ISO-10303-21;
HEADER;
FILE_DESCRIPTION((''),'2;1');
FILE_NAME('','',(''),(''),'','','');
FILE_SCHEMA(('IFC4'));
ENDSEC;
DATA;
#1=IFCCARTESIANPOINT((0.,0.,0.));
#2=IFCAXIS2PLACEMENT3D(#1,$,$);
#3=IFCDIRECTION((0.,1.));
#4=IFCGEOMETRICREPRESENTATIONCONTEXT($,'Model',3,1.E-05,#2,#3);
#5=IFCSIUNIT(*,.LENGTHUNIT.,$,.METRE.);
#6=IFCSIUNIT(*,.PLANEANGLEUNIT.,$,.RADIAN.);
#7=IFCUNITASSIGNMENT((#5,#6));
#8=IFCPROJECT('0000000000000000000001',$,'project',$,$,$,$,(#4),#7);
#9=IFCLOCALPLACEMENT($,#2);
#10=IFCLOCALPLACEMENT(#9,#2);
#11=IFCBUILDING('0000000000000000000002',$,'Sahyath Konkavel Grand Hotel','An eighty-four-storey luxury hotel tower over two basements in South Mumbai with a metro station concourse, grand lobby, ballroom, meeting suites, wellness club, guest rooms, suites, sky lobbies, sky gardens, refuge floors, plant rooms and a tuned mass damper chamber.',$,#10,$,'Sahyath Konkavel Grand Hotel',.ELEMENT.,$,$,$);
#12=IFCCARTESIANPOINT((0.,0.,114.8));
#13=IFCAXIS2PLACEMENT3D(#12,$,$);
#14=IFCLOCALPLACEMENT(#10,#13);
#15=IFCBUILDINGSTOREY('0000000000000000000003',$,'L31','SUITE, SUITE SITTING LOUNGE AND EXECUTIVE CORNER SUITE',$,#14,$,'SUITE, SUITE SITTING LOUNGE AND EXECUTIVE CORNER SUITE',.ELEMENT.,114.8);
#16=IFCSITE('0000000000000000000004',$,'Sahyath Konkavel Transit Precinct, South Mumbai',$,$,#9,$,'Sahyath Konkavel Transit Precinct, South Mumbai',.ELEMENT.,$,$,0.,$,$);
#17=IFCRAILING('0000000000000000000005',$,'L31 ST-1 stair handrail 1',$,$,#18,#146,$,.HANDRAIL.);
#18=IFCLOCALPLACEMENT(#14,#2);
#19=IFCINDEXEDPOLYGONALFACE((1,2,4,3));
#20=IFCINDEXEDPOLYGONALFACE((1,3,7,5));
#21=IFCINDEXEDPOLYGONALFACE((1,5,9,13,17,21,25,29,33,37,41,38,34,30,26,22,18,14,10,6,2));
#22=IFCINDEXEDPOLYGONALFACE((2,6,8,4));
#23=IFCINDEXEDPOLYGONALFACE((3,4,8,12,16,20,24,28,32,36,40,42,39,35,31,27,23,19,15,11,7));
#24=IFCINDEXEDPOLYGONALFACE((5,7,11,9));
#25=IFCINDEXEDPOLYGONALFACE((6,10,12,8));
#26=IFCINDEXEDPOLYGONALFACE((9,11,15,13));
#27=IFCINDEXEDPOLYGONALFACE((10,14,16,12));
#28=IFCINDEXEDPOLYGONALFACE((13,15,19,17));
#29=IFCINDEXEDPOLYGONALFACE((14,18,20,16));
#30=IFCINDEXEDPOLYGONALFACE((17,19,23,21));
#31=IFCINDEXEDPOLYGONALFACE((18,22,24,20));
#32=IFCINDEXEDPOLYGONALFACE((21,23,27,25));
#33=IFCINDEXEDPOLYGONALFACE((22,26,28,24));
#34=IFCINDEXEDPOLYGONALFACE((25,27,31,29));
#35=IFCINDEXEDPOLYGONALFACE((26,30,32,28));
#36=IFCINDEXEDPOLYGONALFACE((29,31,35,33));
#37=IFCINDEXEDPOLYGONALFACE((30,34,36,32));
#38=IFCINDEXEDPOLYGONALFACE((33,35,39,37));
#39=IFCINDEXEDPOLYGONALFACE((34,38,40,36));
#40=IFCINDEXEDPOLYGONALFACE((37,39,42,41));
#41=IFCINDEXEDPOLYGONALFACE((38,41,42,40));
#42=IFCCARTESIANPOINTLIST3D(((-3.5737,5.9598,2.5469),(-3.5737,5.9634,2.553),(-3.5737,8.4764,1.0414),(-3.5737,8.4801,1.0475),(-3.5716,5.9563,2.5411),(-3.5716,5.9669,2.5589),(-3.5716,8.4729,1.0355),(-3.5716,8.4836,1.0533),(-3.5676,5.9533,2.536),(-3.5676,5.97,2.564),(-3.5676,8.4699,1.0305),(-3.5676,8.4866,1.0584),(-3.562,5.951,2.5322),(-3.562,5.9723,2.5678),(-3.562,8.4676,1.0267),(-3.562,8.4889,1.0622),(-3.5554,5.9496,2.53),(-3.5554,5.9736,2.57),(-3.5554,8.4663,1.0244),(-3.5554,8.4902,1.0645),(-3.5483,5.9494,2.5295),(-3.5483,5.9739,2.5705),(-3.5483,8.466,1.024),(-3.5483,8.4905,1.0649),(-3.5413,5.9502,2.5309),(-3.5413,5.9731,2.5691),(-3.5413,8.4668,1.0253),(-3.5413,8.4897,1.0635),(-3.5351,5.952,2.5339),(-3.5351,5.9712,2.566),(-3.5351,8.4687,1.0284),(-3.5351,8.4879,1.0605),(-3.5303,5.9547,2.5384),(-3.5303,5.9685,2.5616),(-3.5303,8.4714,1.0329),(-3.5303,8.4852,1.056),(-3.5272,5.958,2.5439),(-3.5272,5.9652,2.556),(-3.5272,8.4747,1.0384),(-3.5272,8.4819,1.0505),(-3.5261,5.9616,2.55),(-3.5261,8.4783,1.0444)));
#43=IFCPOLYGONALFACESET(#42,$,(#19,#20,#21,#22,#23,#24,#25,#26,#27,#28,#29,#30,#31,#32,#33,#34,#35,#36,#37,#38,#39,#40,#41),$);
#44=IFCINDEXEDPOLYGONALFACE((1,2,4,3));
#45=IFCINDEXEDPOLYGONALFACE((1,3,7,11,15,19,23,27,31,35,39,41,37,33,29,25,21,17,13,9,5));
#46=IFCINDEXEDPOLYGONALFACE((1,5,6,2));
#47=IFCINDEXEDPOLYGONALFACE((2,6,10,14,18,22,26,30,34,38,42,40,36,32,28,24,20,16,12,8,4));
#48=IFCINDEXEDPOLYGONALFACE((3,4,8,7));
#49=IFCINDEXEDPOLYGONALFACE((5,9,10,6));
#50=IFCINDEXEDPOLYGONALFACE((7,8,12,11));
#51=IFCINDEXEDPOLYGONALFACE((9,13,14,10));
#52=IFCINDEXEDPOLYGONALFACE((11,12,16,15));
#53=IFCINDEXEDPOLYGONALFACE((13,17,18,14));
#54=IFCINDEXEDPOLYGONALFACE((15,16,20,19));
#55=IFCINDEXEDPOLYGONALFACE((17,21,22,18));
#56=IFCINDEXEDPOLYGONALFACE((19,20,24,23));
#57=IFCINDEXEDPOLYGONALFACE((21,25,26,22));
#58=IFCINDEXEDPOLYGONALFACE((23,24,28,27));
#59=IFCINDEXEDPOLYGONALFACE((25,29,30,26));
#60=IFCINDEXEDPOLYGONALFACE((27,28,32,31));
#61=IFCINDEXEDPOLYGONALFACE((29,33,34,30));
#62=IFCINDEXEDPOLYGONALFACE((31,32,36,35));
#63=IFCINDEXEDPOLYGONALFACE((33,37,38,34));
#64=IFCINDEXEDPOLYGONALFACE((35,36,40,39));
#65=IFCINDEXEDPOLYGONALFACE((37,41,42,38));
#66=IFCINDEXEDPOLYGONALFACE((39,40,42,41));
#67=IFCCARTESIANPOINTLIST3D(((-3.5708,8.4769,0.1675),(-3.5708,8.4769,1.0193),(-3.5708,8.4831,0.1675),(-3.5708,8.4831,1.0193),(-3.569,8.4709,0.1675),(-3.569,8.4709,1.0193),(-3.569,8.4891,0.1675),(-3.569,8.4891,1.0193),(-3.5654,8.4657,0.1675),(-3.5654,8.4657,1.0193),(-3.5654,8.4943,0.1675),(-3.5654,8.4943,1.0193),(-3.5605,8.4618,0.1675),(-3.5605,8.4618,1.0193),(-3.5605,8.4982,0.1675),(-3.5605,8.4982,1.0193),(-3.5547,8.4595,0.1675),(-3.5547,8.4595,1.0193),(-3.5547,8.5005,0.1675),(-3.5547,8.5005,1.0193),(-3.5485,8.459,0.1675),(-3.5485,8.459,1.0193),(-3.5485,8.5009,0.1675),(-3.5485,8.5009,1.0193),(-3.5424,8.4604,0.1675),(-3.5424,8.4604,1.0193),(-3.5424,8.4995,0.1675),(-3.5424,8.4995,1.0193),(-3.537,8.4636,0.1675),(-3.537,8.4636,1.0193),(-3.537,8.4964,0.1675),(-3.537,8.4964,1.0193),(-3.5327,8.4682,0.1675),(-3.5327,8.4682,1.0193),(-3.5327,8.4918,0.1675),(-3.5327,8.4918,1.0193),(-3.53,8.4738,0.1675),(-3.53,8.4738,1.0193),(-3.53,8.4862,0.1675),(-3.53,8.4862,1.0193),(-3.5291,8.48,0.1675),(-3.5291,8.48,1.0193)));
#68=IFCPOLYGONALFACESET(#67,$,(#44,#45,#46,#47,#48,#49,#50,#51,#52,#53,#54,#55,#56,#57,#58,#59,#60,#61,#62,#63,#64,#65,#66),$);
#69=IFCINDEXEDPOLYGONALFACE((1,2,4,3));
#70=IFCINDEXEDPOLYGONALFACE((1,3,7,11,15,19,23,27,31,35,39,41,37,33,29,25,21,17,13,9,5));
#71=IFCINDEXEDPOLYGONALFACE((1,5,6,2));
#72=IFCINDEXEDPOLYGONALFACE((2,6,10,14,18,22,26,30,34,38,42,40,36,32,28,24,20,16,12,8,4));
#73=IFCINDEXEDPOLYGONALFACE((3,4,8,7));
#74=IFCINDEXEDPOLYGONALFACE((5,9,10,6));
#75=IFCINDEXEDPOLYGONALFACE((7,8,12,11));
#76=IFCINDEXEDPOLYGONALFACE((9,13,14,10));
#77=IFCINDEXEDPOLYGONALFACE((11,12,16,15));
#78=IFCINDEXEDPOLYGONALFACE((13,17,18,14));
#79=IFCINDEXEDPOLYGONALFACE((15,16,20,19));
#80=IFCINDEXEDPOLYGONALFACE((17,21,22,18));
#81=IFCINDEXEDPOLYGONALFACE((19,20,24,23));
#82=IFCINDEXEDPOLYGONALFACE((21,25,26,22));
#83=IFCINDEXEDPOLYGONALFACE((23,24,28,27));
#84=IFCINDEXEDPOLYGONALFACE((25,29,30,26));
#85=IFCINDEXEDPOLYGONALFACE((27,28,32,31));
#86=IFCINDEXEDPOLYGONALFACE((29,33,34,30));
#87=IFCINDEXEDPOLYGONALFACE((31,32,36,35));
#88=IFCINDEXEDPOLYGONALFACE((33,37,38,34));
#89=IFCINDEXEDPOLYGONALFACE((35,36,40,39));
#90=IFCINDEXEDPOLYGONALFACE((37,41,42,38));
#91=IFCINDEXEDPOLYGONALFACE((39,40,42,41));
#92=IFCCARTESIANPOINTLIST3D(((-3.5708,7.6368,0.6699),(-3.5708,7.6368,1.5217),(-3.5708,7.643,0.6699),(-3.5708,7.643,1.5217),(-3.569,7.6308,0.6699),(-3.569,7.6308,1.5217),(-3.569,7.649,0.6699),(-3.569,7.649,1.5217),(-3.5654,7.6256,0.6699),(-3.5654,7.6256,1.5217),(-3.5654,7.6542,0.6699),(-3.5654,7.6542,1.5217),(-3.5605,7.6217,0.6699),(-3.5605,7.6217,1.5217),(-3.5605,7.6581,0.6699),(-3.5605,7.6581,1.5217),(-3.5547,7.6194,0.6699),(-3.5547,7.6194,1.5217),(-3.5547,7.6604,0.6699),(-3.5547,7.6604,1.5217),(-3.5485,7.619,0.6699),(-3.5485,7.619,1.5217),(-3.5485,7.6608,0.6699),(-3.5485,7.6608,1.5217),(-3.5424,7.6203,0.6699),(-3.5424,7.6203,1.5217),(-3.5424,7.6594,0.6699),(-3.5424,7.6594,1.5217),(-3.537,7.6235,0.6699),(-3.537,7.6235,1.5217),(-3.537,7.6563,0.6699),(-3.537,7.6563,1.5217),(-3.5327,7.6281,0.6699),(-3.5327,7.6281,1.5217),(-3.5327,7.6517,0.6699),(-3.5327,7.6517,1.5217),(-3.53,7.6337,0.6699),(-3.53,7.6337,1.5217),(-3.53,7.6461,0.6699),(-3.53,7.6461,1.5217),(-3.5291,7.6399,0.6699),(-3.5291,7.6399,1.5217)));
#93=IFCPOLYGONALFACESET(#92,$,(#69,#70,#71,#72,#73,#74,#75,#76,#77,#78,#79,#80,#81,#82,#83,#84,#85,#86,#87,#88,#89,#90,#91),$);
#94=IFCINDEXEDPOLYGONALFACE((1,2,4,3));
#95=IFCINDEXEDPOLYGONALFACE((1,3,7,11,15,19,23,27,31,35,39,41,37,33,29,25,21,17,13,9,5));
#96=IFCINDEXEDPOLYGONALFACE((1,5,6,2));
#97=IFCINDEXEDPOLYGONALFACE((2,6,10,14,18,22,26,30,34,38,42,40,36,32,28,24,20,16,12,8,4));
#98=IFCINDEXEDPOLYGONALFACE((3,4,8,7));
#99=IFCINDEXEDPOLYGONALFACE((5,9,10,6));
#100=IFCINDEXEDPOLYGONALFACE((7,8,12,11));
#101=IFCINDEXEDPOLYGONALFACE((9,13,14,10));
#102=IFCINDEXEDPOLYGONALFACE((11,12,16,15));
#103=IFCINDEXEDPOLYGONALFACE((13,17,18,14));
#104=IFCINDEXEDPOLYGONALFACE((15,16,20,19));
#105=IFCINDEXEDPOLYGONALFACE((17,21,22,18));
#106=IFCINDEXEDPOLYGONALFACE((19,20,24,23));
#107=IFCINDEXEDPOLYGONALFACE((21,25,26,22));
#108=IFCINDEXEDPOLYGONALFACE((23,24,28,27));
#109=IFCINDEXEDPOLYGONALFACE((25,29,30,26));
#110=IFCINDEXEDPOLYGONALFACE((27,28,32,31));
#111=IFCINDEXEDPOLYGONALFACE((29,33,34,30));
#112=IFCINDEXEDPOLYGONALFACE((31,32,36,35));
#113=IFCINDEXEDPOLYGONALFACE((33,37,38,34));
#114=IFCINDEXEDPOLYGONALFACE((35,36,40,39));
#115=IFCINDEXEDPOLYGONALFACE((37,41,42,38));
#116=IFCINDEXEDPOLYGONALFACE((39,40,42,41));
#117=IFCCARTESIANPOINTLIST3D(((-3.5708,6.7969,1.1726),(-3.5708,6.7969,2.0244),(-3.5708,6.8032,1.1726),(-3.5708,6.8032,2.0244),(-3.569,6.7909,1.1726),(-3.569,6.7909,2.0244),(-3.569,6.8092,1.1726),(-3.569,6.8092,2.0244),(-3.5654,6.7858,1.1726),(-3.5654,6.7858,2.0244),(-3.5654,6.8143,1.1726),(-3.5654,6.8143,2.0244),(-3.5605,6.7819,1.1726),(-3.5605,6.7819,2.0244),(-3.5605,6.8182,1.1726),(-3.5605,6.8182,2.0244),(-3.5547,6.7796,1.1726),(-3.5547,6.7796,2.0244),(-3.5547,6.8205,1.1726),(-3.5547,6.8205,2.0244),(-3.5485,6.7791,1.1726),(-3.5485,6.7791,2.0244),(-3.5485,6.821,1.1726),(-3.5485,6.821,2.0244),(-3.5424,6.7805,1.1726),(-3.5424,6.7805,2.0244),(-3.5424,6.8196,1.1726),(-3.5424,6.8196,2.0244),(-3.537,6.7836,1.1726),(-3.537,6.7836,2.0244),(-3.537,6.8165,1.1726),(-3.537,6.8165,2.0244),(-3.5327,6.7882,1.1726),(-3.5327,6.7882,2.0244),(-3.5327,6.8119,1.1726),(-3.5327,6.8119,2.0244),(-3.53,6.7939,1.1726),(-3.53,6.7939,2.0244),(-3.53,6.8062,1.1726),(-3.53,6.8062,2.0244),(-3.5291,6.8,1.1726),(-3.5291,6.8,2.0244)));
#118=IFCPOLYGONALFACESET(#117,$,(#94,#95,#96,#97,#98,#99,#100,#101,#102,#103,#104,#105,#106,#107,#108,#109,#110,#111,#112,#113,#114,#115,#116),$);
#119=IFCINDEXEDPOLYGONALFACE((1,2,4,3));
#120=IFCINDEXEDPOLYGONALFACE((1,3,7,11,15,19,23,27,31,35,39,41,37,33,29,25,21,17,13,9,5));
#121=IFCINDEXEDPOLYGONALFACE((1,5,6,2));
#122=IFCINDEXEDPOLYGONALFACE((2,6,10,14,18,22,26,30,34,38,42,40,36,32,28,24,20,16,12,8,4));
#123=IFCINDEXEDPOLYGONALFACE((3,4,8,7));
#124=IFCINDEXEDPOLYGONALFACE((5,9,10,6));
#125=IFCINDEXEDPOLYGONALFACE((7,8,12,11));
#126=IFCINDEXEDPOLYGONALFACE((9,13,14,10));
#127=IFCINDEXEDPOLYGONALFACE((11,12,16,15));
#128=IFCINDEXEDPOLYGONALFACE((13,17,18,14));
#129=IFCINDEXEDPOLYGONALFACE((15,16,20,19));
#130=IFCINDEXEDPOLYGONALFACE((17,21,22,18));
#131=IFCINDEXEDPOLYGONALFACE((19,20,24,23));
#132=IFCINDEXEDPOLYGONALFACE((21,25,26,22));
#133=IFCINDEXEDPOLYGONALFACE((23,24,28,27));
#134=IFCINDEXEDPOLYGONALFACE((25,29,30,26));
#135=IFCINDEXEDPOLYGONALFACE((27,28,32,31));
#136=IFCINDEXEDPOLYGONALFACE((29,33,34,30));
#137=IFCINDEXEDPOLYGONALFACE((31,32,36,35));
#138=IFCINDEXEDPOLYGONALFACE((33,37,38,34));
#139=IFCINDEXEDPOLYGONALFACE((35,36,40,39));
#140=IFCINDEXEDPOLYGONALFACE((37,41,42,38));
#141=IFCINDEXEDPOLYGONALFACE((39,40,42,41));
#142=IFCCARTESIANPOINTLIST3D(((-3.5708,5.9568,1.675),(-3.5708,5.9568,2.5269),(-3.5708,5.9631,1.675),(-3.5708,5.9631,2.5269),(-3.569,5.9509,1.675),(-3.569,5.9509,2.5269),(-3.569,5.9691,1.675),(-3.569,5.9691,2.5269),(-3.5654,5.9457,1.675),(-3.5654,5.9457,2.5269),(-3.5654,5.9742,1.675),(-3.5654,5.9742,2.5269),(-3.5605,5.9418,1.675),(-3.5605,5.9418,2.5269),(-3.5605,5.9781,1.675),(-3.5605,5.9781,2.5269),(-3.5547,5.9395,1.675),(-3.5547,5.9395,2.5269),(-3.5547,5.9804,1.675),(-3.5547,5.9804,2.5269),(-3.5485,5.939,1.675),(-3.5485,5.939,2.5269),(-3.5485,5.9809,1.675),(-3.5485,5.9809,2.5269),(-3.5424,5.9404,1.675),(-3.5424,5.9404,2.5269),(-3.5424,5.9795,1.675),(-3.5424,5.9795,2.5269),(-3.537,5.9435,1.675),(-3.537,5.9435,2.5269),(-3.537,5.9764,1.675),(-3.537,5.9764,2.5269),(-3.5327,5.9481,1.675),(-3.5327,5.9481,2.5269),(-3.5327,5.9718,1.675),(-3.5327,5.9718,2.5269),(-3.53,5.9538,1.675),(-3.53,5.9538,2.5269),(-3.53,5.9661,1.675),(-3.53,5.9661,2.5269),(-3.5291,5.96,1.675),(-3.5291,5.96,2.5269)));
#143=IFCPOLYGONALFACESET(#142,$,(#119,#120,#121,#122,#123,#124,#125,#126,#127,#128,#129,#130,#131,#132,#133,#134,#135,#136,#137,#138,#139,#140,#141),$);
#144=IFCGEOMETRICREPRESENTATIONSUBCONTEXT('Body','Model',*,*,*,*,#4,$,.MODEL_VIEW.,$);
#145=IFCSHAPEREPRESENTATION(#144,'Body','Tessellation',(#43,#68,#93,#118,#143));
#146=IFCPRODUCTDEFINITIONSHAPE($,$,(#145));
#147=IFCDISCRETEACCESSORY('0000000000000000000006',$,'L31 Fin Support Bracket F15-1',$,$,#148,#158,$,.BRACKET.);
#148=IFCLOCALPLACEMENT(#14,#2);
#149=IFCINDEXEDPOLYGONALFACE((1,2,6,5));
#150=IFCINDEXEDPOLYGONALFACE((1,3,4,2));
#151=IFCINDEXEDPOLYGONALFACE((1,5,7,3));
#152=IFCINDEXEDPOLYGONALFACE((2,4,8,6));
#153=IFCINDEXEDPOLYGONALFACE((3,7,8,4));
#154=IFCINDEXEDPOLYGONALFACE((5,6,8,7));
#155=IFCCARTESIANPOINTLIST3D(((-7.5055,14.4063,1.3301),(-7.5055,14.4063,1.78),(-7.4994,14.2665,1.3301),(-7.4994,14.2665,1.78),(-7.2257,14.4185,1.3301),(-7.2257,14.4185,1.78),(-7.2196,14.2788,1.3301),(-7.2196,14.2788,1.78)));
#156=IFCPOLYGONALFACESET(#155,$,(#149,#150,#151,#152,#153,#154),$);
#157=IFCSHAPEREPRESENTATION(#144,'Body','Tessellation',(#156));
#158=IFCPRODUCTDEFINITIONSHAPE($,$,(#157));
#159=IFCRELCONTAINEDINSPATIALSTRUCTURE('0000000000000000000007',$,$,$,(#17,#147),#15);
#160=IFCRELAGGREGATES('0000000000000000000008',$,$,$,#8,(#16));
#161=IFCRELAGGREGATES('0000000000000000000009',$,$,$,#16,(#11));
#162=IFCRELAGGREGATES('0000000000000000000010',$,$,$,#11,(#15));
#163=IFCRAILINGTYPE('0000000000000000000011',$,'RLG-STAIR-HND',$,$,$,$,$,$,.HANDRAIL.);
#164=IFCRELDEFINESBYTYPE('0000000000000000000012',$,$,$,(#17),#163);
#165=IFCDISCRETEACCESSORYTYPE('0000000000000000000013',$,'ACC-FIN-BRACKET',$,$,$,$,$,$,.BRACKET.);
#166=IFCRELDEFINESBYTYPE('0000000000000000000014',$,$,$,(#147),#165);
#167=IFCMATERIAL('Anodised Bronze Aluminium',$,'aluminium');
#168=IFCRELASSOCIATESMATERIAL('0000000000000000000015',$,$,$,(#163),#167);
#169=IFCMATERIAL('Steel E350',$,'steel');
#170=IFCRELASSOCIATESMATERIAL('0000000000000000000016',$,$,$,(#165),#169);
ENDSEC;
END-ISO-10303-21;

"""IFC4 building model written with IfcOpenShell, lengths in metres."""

from ifc_helpers import new_model, si_unit, direction, frame, origin, origin_2d, place, context, subcontext, project, spatial, rectangle, circle, extrude, source, transform, mapped, material, type_object, element, save


model = new_model("IFC4")

# Units and contexts
model_context = context("Model", 3, precision=1e-05, world=origin(), true_north=direction((0.0, 1.0)))
body_context = subcontext(model_context, "Body", "Model", "MODEL_VIEW")
ifc_project = project(units=[si_unit("LENGTHUNIT", "METRE"), si_unit("PLANEANGLEUNIT", "RADIAN")], contexts=[model_context])

# Site, building, storey
site_placement = place(None, origin())
site = spatial("IfcSite", under=ifc_project, at=site_placement, Name="Sahyath Konkavel Transit Precinct, South Mumbai", LongName="Sahyath Konkavel Transit Precinct, South Mumbai", CompositionType="ELEMENT", RefElevation=0.0)
building_placement = place(site_placement, origin())
building = spatial("IfcBuilding", under=site, at=building_placement, Name="Sahyath Konkavel Grand Hotel", Description="An eighty-four-storey luxury hotel tower over two basements in South Mumbai with a metro station concourse, grand lobby, ballroom, meeting suites, wellness club, guest rooms, suites, sky lobbies, sky gardens, refuge floors, plant rooms and a tuned mass damper chamber.", LongName="Sahyath Konkavel Grand Hotel", CompositionType="ELEMENT")
storey_placement = place(building_placement, frame((0.0, 0.0, 114.8)))
storey = spatial("IfcBuildingStorey", under=building, at=storey_placement, Name="L31", Description="SUITE, SUITE SITTING LOUNGE AND EXECUTIVE CORNER SUITE", LongName="SUITE, SUITE SITTING LOUNGE AND EXECUTIVE CORNER SUITE", CompositionType="ELEMENT", Elevation=114.8)

# Shared definitions
ifc_material_1 = material(Name="Steel E350", Category="steel")

# Shared definitions
ifc_material_2 = material(Name="Anodised Bronze Aluminium", Category="aluminium")

# Railing
railing_type_1 = type_object("IfcRailingType", Name="RLG-STAIR-HND", PredefinedType="HANDRAIL", material=ifc_material_2)
railing_1_placement = place(storey_placement, frame((-3.55, 8.48, 0.1675)))
element("IfcRailing", 1, at=railing_1_placement, inside=storey, type_object=railing_type_1, Name="L31 ST-1 stair handrail 1", PredefinedType="HANDRAIL", context=body_context, shape_type="SweptSolid", body=[
    extrude(circle(Radius=0.0239, at=origin_2d()), frame((0.0, -0.0017, 0.877), z_axis=(0.0, -0.85816, 0.513383), x_axis=(1.0, 0.0, 0.0)), (0.0, 0.0, 1.0), 2.9326),
    extrude(circle(Radius=0.021, at=origin_2d()), origin(), (0.0, 0.0, 1.0), 0.8518),
    extrude(circle(Radius=0.021, at=origin_2d()), frame((0.0, -0.8401, 0.5024)), (0.0, 0.0, 1.0), 0.8518),
    extrude(circle(Radius=0.021, at=origin_2d()), frame((0.0, -1.6799, 1.0051)), (0.0, 0.0, 1.0), 0.8518),
    extrude(circle(Radius=0.021, at=origin_2d()), frame((0.0, -2.52, 1.5076)), (0.0, 0.0, 1.0), 0.8518),
])

# Discrete accessory
discrete_accessory_type = type_object("IfcDiscreteAccessoryType", Name="ACC-FIN-BRACKET", PredefinedType="BRACKET", material=ifc_material_1)
shared_shape_1 = source(origin(), body_context, "Body", "SweptSolid", [
    extrude(rectangle(XDim=0.28, YDim=0.1399, at=origin_2d()), origin(), (0.0, 0.0, 1.0), 0.45),
])
discrete_accessory_placement = place(storey_placement, frame((-7.3625, 14.3425, 1.3301), z_axis=(0.0, 0.0, 1.0), x_axis=(-0.999048, -0.043619, 0.0)))
element("IfcDiscreteAccessory", 2, at=discrete_accessory_placement, inside=storey, type_object=discrete_accessory_type, Name="L31 Fin Support Bracket F15-1", PredefinedType="BRACKET", context=body_context, shape_type="MappedRepresentation", body=[
    mapped(shared_shape_1, transform((0.0, 0.0, 0.0), scale=1.0)),
])

save(model, "model.ifc")
